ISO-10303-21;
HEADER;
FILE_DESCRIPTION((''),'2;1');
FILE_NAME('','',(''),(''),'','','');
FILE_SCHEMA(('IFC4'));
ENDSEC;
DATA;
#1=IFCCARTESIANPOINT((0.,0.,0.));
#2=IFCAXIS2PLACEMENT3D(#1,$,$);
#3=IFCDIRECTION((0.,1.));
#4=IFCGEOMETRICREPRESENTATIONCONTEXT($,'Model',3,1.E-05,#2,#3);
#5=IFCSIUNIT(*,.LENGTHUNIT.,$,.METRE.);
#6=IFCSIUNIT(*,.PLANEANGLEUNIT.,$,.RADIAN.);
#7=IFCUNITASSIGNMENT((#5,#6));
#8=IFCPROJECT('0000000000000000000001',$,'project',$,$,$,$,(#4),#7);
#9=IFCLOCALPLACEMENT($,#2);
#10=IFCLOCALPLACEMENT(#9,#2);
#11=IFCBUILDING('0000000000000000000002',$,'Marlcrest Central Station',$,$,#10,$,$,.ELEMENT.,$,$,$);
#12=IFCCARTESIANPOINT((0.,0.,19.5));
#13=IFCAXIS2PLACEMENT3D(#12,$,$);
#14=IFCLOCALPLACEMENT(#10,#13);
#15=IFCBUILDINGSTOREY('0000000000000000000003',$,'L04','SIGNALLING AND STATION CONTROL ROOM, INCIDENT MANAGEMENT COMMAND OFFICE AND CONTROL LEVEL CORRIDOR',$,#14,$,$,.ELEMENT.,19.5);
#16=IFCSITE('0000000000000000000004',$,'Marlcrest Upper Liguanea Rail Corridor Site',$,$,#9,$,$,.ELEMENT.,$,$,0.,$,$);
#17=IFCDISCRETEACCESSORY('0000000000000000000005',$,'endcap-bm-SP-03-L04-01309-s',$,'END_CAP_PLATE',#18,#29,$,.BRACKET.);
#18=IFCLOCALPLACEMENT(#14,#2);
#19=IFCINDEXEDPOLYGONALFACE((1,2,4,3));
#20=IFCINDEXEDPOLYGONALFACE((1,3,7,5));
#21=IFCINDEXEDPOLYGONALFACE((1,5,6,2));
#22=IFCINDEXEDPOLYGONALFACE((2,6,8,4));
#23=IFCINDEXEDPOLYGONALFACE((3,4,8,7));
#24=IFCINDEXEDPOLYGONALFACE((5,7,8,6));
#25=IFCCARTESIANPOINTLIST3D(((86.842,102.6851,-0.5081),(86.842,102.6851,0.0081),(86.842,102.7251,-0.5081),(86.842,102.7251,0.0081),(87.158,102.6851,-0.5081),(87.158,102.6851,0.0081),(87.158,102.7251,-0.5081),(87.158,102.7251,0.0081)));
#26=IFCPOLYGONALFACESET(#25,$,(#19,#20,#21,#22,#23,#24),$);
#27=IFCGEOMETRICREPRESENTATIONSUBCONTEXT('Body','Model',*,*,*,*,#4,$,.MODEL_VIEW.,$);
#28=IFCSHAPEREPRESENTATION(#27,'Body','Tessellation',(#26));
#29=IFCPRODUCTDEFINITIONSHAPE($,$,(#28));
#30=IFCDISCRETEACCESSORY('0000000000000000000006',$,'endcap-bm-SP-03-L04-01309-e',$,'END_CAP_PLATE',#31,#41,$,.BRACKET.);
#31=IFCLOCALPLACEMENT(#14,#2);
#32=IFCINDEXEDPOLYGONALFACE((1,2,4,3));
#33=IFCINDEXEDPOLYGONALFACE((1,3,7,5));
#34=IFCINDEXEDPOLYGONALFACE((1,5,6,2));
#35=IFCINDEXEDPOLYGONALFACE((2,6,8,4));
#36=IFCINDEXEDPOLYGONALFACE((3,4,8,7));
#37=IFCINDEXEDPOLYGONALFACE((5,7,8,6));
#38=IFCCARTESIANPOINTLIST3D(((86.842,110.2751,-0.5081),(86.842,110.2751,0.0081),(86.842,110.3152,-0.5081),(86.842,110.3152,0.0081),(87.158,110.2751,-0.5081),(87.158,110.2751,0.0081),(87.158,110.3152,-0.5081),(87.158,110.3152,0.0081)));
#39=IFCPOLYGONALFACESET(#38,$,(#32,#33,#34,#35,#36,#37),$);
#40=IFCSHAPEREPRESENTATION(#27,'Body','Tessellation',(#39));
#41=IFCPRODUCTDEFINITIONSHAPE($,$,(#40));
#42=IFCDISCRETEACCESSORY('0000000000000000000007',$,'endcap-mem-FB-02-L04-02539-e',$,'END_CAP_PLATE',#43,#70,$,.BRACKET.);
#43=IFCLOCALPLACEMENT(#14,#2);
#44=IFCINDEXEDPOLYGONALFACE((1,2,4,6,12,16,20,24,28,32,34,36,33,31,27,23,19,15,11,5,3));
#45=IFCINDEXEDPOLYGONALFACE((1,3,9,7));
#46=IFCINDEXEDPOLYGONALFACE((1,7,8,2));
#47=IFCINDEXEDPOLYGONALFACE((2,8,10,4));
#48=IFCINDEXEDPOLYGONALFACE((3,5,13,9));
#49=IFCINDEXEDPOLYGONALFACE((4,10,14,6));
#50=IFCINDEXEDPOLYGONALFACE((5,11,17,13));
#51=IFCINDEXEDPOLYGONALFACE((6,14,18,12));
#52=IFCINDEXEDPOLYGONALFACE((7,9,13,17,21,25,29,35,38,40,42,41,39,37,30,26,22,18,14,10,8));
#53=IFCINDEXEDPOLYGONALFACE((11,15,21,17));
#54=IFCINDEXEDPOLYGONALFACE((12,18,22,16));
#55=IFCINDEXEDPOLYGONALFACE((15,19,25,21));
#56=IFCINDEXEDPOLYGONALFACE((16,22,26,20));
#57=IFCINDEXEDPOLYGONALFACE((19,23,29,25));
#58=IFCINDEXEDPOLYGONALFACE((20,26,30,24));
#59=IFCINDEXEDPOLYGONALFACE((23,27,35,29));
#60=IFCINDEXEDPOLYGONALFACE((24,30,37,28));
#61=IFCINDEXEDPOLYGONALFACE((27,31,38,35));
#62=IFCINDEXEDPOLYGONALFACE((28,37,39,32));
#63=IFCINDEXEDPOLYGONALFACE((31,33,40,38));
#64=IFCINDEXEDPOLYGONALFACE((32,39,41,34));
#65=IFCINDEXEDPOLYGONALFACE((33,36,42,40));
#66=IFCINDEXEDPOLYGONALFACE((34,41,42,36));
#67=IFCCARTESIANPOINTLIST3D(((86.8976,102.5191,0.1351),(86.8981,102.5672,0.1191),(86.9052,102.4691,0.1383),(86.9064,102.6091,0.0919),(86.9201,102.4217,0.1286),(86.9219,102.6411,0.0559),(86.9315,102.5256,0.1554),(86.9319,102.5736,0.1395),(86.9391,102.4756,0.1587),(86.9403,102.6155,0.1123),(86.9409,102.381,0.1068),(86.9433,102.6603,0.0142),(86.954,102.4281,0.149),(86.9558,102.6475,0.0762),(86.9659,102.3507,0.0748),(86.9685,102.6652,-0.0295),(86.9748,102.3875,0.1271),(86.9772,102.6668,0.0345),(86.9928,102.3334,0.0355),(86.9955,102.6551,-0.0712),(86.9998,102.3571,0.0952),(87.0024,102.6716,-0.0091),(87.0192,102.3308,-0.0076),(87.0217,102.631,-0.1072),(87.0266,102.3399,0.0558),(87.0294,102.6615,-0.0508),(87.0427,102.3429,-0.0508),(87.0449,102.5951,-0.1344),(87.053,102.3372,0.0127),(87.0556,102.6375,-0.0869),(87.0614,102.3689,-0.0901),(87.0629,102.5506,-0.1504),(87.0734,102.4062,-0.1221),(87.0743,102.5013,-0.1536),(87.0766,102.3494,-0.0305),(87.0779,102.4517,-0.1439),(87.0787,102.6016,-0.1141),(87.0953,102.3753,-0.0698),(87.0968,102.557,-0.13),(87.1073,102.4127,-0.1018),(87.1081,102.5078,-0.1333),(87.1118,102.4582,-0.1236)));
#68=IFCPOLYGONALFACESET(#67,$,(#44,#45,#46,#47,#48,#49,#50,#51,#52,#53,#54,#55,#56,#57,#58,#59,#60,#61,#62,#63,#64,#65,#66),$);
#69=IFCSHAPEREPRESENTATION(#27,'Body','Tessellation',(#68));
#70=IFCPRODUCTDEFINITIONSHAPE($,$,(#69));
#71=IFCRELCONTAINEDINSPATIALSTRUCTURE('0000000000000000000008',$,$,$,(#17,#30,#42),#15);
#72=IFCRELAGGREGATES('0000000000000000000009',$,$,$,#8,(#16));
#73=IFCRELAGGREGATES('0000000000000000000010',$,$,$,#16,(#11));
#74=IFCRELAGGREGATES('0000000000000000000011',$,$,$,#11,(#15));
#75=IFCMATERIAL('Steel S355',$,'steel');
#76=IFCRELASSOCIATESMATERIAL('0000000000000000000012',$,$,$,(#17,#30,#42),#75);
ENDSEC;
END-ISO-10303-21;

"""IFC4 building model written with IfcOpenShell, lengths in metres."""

from ifc_helpers import new_model, si_unit, direction, frame, origin, origin_2d, place, context, subcontext, project, spatial, rectangle, circle, extrude, material, element, save


model = new_model("IFC4")

# Units and contexts
model_context = context("Model", 3, precision=1e-05, world=origin(), true_north=direction((0.0, 1.0)))
body_context = subcontext(model_context, "Body", "Model", "MODEL_VIEW")
ifc_project = project(units=[si_unit("LENGTHUNIT", "METRE"), si_unit("PLANEANGLEUNIT", "RADIAN")], contexts=[model_context])

# Site, building, storey
site_placement = place(None, origin())
site = spatial("IfcSite", under=ifc_project, at=site_placement, Name="Marlcrest Upper Liguanea Rail Corridor Site", CompositionType="ELEMENT", RefElevation=0.0)
building_placement = place(site_placement, origin())
building = spatial("IfcBuilding", under=site, at=building_placement, Name="Marlcrest Central Station", CompositionType="ELEMENT")
storey_placement = place(building_placement, frame((0.0, 0.0, 19.5)))
storey = spatial("IfcBuildingStorey", under=building, at=storey_placement, Name="L04", Description="SIGNALLING AND STATION CONTROL ROOM, INCIDENT MANAGEMENT COMMAND OFFICE AND CONTROL LEVEL CORRIDOR", CompositionType="ELEMENT", Elevation=19.5)

# Shared definitions
ifc_material_1 = material(Name="Steel S355", Category="steel")

# Discrete accessories
for number, where, z_axis, x_axis, name in (
    (1, (87.0, 102.6851, -0.25), (0.0, 1.0, 0.0), (-1.0, 0.0, 0.0), "endcap-bm-SP-03-L04-01309-s"),
    (2, (87.0, 110.2751, -0.25), (0.0, 1.0, 0.0), (-1.0, 0.0, 0.0), "endcap-bm-SP-03-L04-01309-e"),
):
    element("IfcDiscreteAccessory", number, at=place(storey_placement, frame(where, z_axis=z_axis, x_axis=x_axis)), inside=storey, material=ifc_material_1, Name=name, ObjectType="END_CAP_PLATE", PredefinedType="BRACKET", context=body_context, shape_type="SweptSolid", body=[
        extrude(rectangle(XDim=0.3159, YDim=0.5161, at=origin_2d()), origin(), (0.0, 0.0, 1.0), 0.04),
    ])
discrete_accessory_placement = place(storey_placement, frame((87.0212, 102.5042, 0.0127), z_axis=(-0.846277, -0.161196, -0.50777), x_axis=(0.187112, -0.982339, 0.0)))
element("IfcDiscreteAccessory", 3, at=discrete_accessory_placement, inside=storey, material=ifc_material_1, Name="endcap-mem-FB-02-L04-02539-e", ObjectType="END_CAP_PLATE", PredefinedType="BRACKET", context=body_context, shape_type="SweptSolid", body=[
    extrude(circle(Radius=0.1699, at=origin_2d()), origin(), (0.0, 0.0, 1.0), 0.04),
])

save(model, "model.ifc")
